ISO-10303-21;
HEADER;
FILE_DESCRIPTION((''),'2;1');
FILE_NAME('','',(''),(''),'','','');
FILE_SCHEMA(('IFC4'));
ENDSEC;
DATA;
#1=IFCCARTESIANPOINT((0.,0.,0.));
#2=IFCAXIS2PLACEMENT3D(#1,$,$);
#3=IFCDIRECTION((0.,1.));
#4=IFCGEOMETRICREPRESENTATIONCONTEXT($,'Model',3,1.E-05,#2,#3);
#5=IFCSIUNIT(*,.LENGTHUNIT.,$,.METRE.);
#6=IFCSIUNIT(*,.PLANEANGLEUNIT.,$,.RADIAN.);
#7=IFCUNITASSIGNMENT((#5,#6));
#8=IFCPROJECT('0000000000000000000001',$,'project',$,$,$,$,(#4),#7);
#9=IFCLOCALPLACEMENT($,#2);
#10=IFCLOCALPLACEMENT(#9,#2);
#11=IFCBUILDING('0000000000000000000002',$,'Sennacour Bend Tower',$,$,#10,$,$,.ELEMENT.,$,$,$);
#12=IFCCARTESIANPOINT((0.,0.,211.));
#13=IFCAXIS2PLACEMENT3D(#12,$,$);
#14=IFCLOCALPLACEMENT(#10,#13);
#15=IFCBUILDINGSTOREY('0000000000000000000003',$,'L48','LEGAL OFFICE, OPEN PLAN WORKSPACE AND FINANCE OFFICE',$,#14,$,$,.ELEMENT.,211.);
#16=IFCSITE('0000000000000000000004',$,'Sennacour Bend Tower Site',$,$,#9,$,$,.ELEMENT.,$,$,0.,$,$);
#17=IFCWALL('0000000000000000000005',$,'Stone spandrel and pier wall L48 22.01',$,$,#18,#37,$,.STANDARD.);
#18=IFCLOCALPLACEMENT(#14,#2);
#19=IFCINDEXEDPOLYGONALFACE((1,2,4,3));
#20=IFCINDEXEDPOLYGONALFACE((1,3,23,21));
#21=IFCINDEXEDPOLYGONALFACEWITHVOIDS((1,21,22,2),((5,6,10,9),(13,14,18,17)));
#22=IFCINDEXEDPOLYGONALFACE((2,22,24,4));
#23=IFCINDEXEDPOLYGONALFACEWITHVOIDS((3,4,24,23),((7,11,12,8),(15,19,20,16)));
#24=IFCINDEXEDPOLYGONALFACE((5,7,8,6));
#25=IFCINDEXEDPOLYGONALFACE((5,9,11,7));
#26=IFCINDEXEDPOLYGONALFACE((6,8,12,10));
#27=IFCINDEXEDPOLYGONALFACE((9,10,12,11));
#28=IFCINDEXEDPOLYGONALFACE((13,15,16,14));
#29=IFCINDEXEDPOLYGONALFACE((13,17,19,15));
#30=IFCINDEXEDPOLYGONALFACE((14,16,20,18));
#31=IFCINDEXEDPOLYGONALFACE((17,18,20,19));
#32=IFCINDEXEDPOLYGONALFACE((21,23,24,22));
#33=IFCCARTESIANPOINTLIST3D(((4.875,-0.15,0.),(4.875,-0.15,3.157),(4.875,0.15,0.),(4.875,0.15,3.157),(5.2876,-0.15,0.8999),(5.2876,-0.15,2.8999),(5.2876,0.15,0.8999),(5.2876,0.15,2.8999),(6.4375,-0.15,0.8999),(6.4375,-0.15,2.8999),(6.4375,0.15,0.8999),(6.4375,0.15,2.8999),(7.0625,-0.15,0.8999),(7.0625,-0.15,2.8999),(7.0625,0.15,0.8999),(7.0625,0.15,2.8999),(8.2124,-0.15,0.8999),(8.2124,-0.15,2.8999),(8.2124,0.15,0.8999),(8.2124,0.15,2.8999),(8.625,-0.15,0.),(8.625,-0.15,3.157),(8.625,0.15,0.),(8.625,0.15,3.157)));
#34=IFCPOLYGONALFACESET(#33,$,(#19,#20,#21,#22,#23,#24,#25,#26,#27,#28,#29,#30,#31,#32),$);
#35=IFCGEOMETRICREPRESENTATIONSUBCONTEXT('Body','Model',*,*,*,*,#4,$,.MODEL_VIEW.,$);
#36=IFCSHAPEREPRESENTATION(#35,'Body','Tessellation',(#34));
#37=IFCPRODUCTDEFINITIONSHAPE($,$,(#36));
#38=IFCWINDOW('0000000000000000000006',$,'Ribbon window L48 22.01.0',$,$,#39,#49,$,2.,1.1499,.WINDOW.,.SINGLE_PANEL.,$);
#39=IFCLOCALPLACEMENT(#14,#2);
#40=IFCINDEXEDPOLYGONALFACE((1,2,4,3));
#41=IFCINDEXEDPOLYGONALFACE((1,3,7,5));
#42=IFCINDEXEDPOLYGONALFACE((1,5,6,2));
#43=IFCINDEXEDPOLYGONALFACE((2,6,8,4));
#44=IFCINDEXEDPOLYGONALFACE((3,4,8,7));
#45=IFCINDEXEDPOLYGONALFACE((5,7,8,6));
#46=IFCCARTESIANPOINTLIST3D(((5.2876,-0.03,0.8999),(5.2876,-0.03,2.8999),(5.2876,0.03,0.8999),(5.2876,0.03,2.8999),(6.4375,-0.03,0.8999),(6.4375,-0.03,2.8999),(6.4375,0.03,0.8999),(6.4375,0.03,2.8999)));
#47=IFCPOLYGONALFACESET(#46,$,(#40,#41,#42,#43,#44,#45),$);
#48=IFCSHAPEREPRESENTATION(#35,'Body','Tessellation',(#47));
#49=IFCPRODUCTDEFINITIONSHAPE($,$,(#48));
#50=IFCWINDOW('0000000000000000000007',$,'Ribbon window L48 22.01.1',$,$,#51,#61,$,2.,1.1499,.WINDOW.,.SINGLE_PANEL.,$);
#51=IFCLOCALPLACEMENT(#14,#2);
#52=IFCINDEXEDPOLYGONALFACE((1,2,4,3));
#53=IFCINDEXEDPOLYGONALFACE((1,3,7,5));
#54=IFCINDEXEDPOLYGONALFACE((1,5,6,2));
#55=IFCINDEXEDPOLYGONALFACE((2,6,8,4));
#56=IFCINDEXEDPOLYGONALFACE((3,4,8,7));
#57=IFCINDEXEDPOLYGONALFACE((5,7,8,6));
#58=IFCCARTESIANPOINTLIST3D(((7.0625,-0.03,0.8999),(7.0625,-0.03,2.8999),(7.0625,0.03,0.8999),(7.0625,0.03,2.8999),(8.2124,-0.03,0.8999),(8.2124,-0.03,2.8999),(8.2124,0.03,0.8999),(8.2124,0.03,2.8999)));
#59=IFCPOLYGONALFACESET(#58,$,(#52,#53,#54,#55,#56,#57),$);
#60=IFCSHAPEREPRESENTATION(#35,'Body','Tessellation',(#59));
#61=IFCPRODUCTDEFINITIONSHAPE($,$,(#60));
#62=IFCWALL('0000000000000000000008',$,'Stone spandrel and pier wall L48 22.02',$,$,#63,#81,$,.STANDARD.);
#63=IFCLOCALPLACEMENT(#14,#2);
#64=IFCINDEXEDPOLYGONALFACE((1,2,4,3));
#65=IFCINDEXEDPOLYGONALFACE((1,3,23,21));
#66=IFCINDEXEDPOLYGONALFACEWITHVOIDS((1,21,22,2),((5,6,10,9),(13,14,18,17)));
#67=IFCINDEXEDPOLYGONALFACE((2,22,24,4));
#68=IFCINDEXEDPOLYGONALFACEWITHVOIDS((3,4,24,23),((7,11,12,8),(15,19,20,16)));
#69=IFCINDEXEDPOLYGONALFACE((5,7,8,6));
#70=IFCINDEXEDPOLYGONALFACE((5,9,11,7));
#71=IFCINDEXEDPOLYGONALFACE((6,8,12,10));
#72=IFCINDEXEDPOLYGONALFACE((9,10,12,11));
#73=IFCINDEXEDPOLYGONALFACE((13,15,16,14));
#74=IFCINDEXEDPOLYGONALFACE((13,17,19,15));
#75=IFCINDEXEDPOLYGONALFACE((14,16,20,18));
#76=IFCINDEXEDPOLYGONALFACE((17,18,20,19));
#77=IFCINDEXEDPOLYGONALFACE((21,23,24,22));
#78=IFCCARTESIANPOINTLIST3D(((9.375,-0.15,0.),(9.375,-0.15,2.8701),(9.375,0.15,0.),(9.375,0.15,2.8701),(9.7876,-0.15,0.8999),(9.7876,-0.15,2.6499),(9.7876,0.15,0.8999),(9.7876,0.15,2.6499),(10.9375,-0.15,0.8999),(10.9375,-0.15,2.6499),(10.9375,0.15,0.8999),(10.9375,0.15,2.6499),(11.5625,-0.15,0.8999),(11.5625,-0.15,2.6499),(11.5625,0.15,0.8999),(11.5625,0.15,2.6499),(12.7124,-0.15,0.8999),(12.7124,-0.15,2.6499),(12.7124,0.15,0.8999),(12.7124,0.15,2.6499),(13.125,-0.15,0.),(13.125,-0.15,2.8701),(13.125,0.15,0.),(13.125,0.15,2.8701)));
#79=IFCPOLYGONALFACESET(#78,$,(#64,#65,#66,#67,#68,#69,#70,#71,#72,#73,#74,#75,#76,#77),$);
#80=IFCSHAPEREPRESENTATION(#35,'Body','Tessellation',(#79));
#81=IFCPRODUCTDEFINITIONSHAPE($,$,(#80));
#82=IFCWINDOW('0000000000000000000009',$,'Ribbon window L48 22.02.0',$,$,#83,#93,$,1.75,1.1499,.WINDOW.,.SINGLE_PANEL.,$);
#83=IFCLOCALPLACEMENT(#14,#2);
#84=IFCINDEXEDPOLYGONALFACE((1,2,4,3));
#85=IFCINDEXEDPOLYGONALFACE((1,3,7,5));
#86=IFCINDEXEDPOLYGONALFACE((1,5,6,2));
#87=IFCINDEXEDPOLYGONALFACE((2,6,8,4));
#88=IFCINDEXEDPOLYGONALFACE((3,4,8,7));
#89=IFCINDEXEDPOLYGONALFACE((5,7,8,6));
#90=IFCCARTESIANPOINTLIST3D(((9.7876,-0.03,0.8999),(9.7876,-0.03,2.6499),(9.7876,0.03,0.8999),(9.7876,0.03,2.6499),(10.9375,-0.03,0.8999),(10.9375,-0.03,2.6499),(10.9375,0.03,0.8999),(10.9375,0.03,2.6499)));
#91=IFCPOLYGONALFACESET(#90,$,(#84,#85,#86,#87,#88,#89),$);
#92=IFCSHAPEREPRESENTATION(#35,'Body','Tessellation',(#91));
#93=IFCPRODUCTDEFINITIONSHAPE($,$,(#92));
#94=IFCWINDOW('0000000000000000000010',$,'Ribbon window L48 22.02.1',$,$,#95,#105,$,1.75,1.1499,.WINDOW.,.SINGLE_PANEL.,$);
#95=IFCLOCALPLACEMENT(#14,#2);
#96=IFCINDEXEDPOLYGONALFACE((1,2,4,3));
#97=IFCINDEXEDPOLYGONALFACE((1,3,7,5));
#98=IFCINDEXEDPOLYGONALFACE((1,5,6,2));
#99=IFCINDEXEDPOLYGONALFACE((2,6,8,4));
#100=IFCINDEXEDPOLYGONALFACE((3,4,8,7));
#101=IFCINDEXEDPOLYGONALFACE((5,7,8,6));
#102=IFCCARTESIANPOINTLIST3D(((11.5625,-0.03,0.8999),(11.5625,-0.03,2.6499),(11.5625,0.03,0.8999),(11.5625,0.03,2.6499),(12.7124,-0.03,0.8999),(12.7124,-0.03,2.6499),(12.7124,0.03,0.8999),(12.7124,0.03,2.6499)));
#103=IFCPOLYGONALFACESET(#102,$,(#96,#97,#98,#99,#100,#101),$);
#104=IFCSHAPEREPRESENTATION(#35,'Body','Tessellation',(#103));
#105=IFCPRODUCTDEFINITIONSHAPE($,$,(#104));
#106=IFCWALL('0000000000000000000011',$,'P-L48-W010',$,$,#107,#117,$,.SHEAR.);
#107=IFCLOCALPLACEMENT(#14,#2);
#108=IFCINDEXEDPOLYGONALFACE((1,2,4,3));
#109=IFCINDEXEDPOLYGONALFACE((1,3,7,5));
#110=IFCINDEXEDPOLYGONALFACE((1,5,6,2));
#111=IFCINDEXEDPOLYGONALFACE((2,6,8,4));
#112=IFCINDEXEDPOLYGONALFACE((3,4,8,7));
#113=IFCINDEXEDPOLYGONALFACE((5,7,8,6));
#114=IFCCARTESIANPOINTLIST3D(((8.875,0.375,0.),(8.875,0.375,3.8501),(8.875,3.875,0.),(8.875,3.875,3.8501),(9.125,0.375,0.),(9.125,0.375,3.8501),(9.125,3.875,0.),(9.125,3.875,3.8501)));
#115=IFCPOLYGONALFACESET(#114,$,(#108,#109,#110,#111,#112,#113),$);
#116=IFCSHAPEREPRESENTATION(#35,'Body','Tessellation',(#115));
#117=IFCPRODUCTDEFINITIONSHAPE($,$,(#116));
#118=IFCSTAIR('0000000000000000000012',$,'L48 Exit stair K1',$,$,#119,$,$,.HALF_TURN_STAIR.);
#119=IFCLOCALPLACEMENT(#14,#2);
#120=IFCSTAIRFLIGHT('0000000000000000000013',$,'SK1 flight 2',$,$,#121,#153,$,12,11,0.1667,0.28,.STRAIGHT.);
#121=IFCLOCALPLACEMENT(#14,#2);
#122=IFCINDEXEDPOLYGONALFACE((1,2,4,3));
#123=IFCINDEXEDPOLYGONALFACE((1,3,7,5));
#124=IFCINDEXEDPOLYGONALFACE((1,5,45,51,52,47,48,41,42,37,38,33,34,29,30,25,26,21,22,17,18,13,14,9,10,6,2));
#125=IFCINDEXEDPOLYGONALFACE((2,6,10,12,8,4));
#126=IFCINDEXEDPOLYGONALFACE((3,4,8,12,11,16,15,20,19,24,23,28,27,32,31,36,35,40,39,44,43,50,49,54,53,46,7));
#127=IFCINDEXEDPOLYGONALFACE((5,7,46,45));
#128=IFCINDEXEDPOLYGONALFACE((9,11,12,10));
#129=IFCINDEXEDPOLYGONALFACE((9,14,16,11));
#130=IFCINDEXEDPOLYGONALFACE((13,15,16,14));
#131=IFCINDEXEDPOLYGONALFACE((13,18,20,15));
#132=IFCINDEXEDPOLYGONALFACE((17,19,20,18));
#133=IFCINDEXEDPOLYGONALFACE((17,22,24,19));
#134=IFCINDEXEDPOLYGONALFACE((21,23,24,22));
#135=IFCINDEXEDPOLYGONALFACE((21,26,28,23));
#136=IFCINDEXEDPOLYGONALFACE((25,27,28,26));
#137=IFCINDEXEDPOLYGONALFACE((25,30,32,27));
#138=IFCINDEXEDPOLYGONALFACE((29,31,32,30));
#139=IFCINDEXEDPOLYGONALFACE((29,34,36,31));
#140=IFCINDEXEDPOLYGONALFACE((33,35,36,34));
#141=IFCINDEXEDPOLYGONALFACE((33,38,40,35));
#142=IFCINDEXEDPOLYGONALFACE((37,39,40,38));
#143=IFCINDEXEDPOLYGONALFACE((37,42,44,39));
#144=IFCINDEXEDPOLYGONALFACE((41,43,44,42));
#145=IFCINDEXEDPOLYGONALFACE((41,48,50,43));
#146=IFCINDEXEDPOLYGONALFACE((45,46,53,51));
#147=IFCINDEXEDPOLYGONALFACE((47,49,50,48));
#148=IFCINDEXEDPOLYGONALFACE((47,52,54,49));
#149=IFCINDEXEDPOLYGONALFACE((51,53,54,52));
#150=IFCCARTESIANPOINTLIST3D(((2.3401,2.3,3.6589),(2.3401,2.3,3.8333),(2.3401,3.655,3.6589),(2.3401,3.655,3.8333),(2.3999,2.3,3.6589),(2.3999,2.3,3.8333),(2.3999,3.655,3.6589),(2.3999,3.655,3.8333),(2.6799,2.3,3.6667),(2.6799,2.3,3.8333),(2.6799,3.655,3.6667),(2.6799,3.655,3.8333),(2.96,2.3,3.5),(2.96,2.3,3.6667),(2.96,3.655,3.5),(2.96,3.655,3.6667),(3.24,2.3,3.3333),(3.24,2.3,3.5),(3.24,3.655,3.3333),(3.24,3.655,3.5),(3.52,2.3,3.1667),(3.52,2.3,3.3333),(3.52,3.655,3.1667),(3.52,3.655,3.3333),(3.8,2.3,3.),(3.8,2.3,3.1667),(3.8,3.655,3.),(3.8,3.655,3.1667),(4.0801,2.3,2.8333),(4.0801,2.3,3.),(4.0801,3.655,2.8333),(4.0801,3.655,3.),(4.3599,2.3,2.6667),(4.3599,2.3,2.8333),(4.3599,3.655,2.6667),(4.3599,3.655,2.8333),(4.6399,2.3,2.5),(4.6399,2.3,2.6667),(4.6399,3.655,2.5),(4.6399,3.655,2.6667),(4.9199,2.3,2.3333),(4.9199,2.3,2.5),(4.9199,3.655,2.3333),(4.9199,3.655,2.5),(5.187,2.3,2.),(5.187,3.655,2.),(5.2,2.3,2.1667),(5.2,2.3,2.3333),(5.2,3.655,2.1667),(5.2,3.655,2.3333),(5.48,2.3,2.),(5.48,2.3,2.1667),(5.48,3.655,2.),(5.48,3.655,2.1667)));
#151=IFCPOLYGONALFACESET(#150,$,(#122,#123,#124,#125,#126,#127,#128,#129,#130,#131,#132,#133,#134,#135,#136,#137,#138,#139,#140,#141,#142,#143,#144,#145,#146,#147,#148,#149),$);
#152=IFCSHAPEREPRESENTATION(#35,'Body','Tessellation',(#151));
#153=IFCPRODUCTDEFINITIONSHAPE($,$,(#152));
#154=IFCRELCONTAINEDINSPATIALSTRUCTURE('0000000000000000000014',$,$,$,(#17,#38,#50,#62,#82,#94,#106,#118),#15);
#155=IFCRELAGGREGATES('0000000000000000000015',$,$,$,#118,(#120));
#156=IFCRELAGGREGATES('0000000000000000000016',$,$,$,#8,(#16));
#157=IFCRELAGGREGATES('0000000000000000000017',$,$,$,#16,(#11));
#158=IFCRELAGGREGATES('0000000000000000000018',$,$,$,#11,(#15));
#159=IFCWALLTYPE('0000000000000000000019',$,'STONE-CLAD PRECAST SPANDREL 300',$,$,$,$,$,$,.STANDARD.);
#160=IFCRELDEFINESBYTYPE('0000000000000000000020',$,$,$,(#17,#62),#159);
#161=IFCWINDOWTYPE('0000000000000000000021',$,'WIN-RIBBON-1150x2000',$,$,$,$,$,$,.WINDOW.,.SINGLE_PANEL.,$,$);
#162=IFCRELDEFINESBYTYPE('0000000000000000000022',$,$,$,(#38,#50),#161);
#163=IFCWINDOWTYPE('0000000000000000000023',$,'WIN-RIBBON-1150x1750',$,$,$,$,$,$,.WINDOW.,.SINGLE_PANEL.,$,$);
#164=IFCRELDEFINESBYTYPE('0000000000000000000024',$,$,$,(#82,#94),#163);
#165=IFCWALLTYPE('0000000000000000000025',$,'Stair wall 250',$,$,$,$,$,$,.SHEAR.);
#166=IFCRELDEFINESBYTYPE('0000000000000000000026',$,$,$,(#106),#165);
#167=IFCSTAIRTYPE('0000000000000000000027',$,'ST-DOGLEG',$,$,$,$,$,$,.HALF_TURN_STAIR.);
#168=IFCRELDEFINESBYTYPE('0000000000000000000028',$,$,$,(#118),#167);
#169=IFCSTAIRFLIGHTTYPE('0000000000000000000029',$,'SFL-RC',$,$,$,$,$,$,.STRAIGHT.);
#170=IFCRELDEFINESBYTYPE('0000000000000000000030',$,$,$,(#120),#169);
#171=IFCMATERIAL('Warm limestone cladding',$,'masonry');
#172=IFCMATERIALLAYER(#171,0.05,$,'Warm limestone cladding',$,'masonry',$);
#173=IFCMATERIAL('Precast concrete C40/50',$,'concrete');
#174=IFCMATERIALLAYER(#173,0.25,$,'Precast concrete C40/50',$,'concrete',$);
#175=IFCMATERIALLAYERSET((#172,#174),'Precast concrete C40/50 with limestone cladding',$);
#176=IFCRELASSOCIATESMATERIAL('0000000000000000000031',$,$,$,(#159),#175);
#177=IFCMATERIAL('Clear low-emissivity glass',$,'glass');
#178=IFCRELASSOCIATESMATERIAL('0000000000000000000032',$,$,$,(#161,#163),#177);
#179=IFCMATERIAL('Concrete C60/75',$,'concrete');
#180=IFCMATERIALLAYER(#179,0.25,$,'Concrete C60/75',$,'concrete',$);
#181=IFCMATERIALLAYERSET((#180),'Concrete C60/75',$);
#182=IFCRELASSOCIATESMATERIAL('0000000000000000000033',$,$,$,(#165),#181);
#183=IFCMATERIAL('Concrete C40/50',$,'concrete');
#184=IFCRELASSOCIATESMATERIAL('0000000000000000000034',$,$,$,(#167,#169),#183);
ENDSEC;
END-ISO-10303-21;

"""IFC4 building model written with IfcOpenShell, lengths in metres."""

from ifc_helpers import new_model, si_unit, direction, frame, frame_2d, origin, place, context, subcontext, project, spatial, polyline, rectangle, outline, extrude, material, layer, layer_set, type_object, element, fill, aggregate, save


model = new_model("IFC4")

# Units and contexts
model_context = context("Model", 3, precision=1e-05, world=origin(), true_north=direction((0.0, 1.0)))
body_context = subcontext(model_context, "Body", "Model", "MODEL_VIEW")
ifc_project = project(units=[si_unit("LENGTHUNIT", "METRE"), si_unit("PLANEANGLEUNIT", "RADIAN")], contexts=[model_context])

# Site, building, storey
site_placement = place(None, origin())
site = spatial("IfcSite", under=ifc_project, at=site_placement, Name="Sennacour Bend Tower Site", CompositionType="ELEMENT", RefElevation=0.0)
building_placement = place(site_placement, origin())
building = spatial("IfcBuilding", under=site, at=building_placement, Name="Sennacour Bend Tower", CompositionType="ELEMENT")
storey_placement = place(building_placement, frame((0.0, 0.0, 211.0)))
storey = spatial("IfcBuildingStorey", under=building, at=storey_placement, Name="L48", Description="LEGAL OFFICE, OPEN PLAN WORKSPACE AND FINANCE OFFICE", CompositionType="ELEMENT", Elevation=211.0)

# Walls, openings, windows
ifc_material_1 = material(Name="Warm limestone cladding", Category="masonry")
ifc_layer_1 = layer(ifc_material_1, 0.05, Name="Warm limestone cladding", Category="masonry")
ifc_material_2 = material(Name="Precast concrete C40/50", Category="concrete")
ifc_layer_2 = layer(ifc_material_2, 0.25, Name="Precast concrete C40/50", Category="concrete")
ifc_layer_set_1 = layer_set([ifc_layer_1, ifc_layer_2], Name="Precast concrete C40/50 with limestone cladding")
wall_type_1 = type_object("IfcWallType", Name="STONE-CLAD PRECAST SPANDREL 300", PredefinedType="STANDARD", material=ifc_layer_set_1)
wall_1_placement = place(storey_placement, frame((4.875, 0.0, 0.0), z_axis=(0.0, 0.0, 1.0), x_axis=(1.0, 0.0, 0.0)))
wall_1 = element("IfcWall", 1, at=wall_1_placement, inside=storey, type_object=wall_type_1, Name="Stone spandrel and pier wall L48 22.01", PredefinedType="STANDARD", context=body_context, shape_type="SweptSolid", body=[
    extrude(rectangle(XDim=3.75, YDim=0.3, at=frame_2d((1.875, 0.0))), origin(), (0.0, 0.0, 1.0), 3.157),
])
opening_1_placement = place(wall_1_placement, frame((0.4126, 0.0, 0.8999)))
opening_1 = element("IfcOpeningElement", 2, at=opening_1_placement, cuts=wall_1, PredefinedType="OPENING", context=body_context, shape_type="SweptSolid", body=[
    extrude(rectangle(XDim=1.1499, YDim=2.0, at=frame_2d((0.575, 1.0))), frame((0.0, 0.1602, 0.0), z_axis=(0.0, -1.0, 0.0), x_axis=(1.0, 0.0, 0.0)), (0.0, 0.0, 1.0), 0.3201),
])
opening_2_placement = place(wall_1_placement, frame((2.1875, 0.0, 0.8999)))
opening_2 = element("IfcOpeningElement", 3, at=opening_2_placement, cuts=wall_1, PredefinedType="OPENING", context=body_context, shape_type="SweptSolid", body=[
    extrude(rectangle(XDim=1.1499, YDim=2.0, at=frame_2d((0.575, 1.0))), frame((0.0, 0.1602, 0.0), z_axis=(0.0, -1.0, 0.0), x_axis=(1.0, 0.0, 0.0)), (0.0, 0.0, 1.0), 0.3201),
])
ifc_material_3 = material(Name="Clear low-emissivity glass", Category="glass")
window_type_1 = type_object("IfcWindowType", Name="WIN-RIBBON-1150x2000", PartitioningType="SINGLE_PANEL", PredefinedType="WINDOW", material=ifc_material_3)
window_1_placement = place(opening_1_placement, origin())
window_1 = element("IfcWindow", 4, at=window_1_placement, inside=storey, type_object=window_type_1, Name="Ribbon window L48 22.01.0", OverallHeight=2.0, OverallWidth=1.1499, PartitioningType="SINGLE_PANEL", PredefinedType="WINDOW", context=body_context, shape_type="SweptSolid", body=[
    extrude(rectangle(XDim=1.1499, YDim=2.0, at=frame_2d((0.575, 1.0))), frame((0.0, 0.03, 0.0), z_axis=(0.0, -1.0, 0.0), x_axis=(1.0, 0.0, 0.0)), (0.0, 0.0, 1.0), 0.0601),
])
fill(opening_1, window_1)
window_2_placement = place(opening_2_placement, origin())
window_2 = element("IfcWindow", 5, at=window_2_placement, inside=storey, type_object=window_type_1, Name="Ribbon window L48 22.01.1", OverallHeight=2.0, OverallWidth=1.1499, PartitioningType="SINGLE_PANEL", PredefinedType="WINDOW", context=body_context, shape_type="SweptSolid", body=[
    extrude(rectangle(XDim=1.1499, YDim=2.0, at=frame_2d((0.575, 1.0))), frame((0.0, 0.03, 0.0), z_axis=(0.0, -1.0, 0.0), x_axis=(1.0, 0.0, 0.0)), (0.0, 0.0, 1.0), 0.0601),
])
fill(opening_2, window_2)
wall_2_placement = place(storey_placement, frame((9.375, 0.0, 0.0), z_axis=(0.0, 0.0, 1.0), x_axis=(1.0, 0.0, 0.0)))
wall_2 = element("IfcWall", 6, at=wall_2_placement, inside=storey, type_object=wall_type_1, Name="Stone spandrel and pier wall L48 22.02", PredefinedType="STANDARD", context=body_context, shape_type="SweptSolid", body=[
    extrude(rectangle(XDim=3.75, YDim=0.3, at=frame_2d((1.875, 0.0))), origin(), (0.0, 0.0, 1.0), 2.8701),
])
opening_3_placement = place(wall_2_placement, frame((0.4126, 0.0, 0.8999)))
opening_3 = element("IfcOpeningElement", 7, at=opening_3_placement, cuts=wall_2, PredefinedType="OPENING", context=body_context, shape_type="SweptSolid", body=[
    extrude(rectangle(XDim=1.1499, YDim=1.75, at=frame_2d((0.575, 0.875))), frame((0.0, 0.1602, 0.0), z_axis=(0.0, -1.0, 0.0), x_axis=(1.0, 0.0, 0.0)), (0.0, 0.0, 1.0), 0.3201),
])
opening_4_placement = place(wall_2_placement, frame((2.1875, 0.0, 0.8999)))
opening_4 = element("IfcOpeningElement", 8, at=opening_4_placement, cuts=wall_2, PredefinedType="OPENING", context=body_context, shape_type="SweptSolid", body=[
    extrude(rectangle(XDim=1.1499, YDim=1.75, at=frame_2d((0.575, 0.875))), frame((0.0, 0.1602, 0.0), z_axis=(0.0, -1.0, 0.0), x_axis=(1.0, 0.0, 0.0)), (0.0, 0.0, 1.0), 0.3201),
])
window_type_2 = type_object("IfcWindowType", Name="WIN-RIBBON-1150x1750", PartitioningType="SINGLE_PANEL", PredefinedType="WINDOW", material=ifc_material_3)
window_3_placement = place(opening_3_placement, origin())
window_3 = element("IfcWindow", 9, at=window_3_placement, inside=storey, type_object=window_type_2, Name="Ribbon window L48 22.02.0", OverallHeight=1.75, OverallWidth=1.1499, PartitioningType="SINGLE_PANEL", PredefinedType="WINDOW", context=body_context, shape_type="SweptSolid", body=[
    extrude(rectangle(XDim=1.1499, YDim=1.75, at=frame_2d((0.575, 0.875))), frame((0.0, 0.03, 0.0), z_axis=(0.0, -1.0, 0.0), x_axis=(1.0, 0.0, 0.0)), (0.0, 0.0, 1.0), 0.0601),
])
fill(opening_3, window_3)
window_4_placement = place(opening_4_placement, origin())
window_4 = element("IfcWindow", 10, at=window_4_placement, inside=storey, type_object=window_type_2, Name="Ribbon window L48 22.02.1", OverallHeight=1.75, OverallWidth=1.1499, PartitioningType="SINGLE_PANEL", PredefinedType="WINDOW", context=body_context, shape_type="SweptSolid", body=[
    extrude(rectangle(XDim=1.1499, YDim=1.75, at=frame_2d((0.575, 0.875))), frame((0.0, 0.03, 0.0), z_axis=(0.0, -1.0, 0.0), x_axis=(1.0, 0.0, 0.0)), (0.0, 0.0, 1.0), 0.0601),
])
fill(opening_4, window_4)

# Wall
ifc_material_4 = material(Name="Concrete C60/75", Category="concrete")
ifc_layer_3 = layer(ifc_material_4, 0.25, Name="Concrete C60/75", Category="concrete")
ifc_layer_set_2 = layer_set([ifc_layer_3], Name="Concrete C60/75")
wall_type_2 = type_object("IfcWallType", Name="Stair wall 250", PredefinedType="SHEAR", material=ifc_layer_set_2)
wall_3_placement = place(storey_placement, frame((9.0, 0.375, 0.0), z_axis=(0.0, 0.0, 1.0), x_axis=(0.0, 1.0, 0.0)))
element("IfcWall", 11, at=wall_3_placement, inside=storey, type_object=wall_type_2, Name="P-L48-W010", PredefinedType="SHEAR", context=body_context, shape_type="SweptSolid", body=[
    extrude(rectangle(XDim=3.5, YDim=0.25, at=frame_2d((1.75, 0.0))), origin(), (0.0, 0.0, 1.0), 3.8501),
])

# Stair, stair flight
ifc_material_5 = material(Name="Concrete C40/50", Category="concrete")
stair_type = type_object("IfcStairType", Name="ST-DOGLEG", PredefinedType="HALF_TURN_STAIR", material=ifc_material_5)
stair_placement = place(storey_placement, origin())
stair = element("IfcStair", 12, at=stair_placement, inside=storey, type_object=stair_type, Name="L48 Exit stair K1", PredefinedType="HALF_TURN_STAIR")
stair_flight_type = type_object("IfcStairFlightType", Name="SFL-RC", PredefinedType="STRAIGHT", material=ifc_material_5)
stair_flight_placement = place(storey_placement, frame((5.48, 2.9775, 2.0), z_axis=(0.0, 0.0, 1.0), x_axis=(-1.0, 0.0, 0.0)))
stair_flight = element("IfcStairFlight", 13, at=stair_flight_placement, type_object=stair_flight_type, Name="SK1 flight 2", NumberOfRisers=12, NumberOfTreads=11, PredefinedType="STRAIGHT", RiserHeight=0.1667, TreadLength=0.28, context=body_context, shape_type="SweptSolid", body=[
    extrude(outline(polyline([(0.0, 0.0), (0.0, 0.1667), (0.28, 0.1667), (0.28, 0.3333), (0.5601, 0.3333), (0.5601, 0.5), (0.8401, 0.5), (0.8401, 0.6667), (1.1201, 0.6667), (1.1201, 0.8333), (1.3999, 0.8333), (1.3999, 1.0), (1.6799, 1.0), (1.6799, 1.1667), (1.96, 1.1667), (1.96, 1.3333), (2.24, 1.3333), (2.24, 1.5), (2.52, 1.5), (2.52, 1.6667), (2.8, 1.6667), (2.8, 1.8333), (3.0801, 1.8333), (3.1399, 1.8333), (3.1399, 1.6589), (3.0801, 1.6589), (0.293, 0.0), (0.0, 0.0)])), frame((0.0, 0.6775, 0.0), z_axis=(0.0, -1.0, 0.0), x_axis=(1.0, 0.0, 0.0)), (0.0, 0.0, 1.0), 1.355),
])
aggregate(stair, [stair_flight])

save(model, "model.ifc")
